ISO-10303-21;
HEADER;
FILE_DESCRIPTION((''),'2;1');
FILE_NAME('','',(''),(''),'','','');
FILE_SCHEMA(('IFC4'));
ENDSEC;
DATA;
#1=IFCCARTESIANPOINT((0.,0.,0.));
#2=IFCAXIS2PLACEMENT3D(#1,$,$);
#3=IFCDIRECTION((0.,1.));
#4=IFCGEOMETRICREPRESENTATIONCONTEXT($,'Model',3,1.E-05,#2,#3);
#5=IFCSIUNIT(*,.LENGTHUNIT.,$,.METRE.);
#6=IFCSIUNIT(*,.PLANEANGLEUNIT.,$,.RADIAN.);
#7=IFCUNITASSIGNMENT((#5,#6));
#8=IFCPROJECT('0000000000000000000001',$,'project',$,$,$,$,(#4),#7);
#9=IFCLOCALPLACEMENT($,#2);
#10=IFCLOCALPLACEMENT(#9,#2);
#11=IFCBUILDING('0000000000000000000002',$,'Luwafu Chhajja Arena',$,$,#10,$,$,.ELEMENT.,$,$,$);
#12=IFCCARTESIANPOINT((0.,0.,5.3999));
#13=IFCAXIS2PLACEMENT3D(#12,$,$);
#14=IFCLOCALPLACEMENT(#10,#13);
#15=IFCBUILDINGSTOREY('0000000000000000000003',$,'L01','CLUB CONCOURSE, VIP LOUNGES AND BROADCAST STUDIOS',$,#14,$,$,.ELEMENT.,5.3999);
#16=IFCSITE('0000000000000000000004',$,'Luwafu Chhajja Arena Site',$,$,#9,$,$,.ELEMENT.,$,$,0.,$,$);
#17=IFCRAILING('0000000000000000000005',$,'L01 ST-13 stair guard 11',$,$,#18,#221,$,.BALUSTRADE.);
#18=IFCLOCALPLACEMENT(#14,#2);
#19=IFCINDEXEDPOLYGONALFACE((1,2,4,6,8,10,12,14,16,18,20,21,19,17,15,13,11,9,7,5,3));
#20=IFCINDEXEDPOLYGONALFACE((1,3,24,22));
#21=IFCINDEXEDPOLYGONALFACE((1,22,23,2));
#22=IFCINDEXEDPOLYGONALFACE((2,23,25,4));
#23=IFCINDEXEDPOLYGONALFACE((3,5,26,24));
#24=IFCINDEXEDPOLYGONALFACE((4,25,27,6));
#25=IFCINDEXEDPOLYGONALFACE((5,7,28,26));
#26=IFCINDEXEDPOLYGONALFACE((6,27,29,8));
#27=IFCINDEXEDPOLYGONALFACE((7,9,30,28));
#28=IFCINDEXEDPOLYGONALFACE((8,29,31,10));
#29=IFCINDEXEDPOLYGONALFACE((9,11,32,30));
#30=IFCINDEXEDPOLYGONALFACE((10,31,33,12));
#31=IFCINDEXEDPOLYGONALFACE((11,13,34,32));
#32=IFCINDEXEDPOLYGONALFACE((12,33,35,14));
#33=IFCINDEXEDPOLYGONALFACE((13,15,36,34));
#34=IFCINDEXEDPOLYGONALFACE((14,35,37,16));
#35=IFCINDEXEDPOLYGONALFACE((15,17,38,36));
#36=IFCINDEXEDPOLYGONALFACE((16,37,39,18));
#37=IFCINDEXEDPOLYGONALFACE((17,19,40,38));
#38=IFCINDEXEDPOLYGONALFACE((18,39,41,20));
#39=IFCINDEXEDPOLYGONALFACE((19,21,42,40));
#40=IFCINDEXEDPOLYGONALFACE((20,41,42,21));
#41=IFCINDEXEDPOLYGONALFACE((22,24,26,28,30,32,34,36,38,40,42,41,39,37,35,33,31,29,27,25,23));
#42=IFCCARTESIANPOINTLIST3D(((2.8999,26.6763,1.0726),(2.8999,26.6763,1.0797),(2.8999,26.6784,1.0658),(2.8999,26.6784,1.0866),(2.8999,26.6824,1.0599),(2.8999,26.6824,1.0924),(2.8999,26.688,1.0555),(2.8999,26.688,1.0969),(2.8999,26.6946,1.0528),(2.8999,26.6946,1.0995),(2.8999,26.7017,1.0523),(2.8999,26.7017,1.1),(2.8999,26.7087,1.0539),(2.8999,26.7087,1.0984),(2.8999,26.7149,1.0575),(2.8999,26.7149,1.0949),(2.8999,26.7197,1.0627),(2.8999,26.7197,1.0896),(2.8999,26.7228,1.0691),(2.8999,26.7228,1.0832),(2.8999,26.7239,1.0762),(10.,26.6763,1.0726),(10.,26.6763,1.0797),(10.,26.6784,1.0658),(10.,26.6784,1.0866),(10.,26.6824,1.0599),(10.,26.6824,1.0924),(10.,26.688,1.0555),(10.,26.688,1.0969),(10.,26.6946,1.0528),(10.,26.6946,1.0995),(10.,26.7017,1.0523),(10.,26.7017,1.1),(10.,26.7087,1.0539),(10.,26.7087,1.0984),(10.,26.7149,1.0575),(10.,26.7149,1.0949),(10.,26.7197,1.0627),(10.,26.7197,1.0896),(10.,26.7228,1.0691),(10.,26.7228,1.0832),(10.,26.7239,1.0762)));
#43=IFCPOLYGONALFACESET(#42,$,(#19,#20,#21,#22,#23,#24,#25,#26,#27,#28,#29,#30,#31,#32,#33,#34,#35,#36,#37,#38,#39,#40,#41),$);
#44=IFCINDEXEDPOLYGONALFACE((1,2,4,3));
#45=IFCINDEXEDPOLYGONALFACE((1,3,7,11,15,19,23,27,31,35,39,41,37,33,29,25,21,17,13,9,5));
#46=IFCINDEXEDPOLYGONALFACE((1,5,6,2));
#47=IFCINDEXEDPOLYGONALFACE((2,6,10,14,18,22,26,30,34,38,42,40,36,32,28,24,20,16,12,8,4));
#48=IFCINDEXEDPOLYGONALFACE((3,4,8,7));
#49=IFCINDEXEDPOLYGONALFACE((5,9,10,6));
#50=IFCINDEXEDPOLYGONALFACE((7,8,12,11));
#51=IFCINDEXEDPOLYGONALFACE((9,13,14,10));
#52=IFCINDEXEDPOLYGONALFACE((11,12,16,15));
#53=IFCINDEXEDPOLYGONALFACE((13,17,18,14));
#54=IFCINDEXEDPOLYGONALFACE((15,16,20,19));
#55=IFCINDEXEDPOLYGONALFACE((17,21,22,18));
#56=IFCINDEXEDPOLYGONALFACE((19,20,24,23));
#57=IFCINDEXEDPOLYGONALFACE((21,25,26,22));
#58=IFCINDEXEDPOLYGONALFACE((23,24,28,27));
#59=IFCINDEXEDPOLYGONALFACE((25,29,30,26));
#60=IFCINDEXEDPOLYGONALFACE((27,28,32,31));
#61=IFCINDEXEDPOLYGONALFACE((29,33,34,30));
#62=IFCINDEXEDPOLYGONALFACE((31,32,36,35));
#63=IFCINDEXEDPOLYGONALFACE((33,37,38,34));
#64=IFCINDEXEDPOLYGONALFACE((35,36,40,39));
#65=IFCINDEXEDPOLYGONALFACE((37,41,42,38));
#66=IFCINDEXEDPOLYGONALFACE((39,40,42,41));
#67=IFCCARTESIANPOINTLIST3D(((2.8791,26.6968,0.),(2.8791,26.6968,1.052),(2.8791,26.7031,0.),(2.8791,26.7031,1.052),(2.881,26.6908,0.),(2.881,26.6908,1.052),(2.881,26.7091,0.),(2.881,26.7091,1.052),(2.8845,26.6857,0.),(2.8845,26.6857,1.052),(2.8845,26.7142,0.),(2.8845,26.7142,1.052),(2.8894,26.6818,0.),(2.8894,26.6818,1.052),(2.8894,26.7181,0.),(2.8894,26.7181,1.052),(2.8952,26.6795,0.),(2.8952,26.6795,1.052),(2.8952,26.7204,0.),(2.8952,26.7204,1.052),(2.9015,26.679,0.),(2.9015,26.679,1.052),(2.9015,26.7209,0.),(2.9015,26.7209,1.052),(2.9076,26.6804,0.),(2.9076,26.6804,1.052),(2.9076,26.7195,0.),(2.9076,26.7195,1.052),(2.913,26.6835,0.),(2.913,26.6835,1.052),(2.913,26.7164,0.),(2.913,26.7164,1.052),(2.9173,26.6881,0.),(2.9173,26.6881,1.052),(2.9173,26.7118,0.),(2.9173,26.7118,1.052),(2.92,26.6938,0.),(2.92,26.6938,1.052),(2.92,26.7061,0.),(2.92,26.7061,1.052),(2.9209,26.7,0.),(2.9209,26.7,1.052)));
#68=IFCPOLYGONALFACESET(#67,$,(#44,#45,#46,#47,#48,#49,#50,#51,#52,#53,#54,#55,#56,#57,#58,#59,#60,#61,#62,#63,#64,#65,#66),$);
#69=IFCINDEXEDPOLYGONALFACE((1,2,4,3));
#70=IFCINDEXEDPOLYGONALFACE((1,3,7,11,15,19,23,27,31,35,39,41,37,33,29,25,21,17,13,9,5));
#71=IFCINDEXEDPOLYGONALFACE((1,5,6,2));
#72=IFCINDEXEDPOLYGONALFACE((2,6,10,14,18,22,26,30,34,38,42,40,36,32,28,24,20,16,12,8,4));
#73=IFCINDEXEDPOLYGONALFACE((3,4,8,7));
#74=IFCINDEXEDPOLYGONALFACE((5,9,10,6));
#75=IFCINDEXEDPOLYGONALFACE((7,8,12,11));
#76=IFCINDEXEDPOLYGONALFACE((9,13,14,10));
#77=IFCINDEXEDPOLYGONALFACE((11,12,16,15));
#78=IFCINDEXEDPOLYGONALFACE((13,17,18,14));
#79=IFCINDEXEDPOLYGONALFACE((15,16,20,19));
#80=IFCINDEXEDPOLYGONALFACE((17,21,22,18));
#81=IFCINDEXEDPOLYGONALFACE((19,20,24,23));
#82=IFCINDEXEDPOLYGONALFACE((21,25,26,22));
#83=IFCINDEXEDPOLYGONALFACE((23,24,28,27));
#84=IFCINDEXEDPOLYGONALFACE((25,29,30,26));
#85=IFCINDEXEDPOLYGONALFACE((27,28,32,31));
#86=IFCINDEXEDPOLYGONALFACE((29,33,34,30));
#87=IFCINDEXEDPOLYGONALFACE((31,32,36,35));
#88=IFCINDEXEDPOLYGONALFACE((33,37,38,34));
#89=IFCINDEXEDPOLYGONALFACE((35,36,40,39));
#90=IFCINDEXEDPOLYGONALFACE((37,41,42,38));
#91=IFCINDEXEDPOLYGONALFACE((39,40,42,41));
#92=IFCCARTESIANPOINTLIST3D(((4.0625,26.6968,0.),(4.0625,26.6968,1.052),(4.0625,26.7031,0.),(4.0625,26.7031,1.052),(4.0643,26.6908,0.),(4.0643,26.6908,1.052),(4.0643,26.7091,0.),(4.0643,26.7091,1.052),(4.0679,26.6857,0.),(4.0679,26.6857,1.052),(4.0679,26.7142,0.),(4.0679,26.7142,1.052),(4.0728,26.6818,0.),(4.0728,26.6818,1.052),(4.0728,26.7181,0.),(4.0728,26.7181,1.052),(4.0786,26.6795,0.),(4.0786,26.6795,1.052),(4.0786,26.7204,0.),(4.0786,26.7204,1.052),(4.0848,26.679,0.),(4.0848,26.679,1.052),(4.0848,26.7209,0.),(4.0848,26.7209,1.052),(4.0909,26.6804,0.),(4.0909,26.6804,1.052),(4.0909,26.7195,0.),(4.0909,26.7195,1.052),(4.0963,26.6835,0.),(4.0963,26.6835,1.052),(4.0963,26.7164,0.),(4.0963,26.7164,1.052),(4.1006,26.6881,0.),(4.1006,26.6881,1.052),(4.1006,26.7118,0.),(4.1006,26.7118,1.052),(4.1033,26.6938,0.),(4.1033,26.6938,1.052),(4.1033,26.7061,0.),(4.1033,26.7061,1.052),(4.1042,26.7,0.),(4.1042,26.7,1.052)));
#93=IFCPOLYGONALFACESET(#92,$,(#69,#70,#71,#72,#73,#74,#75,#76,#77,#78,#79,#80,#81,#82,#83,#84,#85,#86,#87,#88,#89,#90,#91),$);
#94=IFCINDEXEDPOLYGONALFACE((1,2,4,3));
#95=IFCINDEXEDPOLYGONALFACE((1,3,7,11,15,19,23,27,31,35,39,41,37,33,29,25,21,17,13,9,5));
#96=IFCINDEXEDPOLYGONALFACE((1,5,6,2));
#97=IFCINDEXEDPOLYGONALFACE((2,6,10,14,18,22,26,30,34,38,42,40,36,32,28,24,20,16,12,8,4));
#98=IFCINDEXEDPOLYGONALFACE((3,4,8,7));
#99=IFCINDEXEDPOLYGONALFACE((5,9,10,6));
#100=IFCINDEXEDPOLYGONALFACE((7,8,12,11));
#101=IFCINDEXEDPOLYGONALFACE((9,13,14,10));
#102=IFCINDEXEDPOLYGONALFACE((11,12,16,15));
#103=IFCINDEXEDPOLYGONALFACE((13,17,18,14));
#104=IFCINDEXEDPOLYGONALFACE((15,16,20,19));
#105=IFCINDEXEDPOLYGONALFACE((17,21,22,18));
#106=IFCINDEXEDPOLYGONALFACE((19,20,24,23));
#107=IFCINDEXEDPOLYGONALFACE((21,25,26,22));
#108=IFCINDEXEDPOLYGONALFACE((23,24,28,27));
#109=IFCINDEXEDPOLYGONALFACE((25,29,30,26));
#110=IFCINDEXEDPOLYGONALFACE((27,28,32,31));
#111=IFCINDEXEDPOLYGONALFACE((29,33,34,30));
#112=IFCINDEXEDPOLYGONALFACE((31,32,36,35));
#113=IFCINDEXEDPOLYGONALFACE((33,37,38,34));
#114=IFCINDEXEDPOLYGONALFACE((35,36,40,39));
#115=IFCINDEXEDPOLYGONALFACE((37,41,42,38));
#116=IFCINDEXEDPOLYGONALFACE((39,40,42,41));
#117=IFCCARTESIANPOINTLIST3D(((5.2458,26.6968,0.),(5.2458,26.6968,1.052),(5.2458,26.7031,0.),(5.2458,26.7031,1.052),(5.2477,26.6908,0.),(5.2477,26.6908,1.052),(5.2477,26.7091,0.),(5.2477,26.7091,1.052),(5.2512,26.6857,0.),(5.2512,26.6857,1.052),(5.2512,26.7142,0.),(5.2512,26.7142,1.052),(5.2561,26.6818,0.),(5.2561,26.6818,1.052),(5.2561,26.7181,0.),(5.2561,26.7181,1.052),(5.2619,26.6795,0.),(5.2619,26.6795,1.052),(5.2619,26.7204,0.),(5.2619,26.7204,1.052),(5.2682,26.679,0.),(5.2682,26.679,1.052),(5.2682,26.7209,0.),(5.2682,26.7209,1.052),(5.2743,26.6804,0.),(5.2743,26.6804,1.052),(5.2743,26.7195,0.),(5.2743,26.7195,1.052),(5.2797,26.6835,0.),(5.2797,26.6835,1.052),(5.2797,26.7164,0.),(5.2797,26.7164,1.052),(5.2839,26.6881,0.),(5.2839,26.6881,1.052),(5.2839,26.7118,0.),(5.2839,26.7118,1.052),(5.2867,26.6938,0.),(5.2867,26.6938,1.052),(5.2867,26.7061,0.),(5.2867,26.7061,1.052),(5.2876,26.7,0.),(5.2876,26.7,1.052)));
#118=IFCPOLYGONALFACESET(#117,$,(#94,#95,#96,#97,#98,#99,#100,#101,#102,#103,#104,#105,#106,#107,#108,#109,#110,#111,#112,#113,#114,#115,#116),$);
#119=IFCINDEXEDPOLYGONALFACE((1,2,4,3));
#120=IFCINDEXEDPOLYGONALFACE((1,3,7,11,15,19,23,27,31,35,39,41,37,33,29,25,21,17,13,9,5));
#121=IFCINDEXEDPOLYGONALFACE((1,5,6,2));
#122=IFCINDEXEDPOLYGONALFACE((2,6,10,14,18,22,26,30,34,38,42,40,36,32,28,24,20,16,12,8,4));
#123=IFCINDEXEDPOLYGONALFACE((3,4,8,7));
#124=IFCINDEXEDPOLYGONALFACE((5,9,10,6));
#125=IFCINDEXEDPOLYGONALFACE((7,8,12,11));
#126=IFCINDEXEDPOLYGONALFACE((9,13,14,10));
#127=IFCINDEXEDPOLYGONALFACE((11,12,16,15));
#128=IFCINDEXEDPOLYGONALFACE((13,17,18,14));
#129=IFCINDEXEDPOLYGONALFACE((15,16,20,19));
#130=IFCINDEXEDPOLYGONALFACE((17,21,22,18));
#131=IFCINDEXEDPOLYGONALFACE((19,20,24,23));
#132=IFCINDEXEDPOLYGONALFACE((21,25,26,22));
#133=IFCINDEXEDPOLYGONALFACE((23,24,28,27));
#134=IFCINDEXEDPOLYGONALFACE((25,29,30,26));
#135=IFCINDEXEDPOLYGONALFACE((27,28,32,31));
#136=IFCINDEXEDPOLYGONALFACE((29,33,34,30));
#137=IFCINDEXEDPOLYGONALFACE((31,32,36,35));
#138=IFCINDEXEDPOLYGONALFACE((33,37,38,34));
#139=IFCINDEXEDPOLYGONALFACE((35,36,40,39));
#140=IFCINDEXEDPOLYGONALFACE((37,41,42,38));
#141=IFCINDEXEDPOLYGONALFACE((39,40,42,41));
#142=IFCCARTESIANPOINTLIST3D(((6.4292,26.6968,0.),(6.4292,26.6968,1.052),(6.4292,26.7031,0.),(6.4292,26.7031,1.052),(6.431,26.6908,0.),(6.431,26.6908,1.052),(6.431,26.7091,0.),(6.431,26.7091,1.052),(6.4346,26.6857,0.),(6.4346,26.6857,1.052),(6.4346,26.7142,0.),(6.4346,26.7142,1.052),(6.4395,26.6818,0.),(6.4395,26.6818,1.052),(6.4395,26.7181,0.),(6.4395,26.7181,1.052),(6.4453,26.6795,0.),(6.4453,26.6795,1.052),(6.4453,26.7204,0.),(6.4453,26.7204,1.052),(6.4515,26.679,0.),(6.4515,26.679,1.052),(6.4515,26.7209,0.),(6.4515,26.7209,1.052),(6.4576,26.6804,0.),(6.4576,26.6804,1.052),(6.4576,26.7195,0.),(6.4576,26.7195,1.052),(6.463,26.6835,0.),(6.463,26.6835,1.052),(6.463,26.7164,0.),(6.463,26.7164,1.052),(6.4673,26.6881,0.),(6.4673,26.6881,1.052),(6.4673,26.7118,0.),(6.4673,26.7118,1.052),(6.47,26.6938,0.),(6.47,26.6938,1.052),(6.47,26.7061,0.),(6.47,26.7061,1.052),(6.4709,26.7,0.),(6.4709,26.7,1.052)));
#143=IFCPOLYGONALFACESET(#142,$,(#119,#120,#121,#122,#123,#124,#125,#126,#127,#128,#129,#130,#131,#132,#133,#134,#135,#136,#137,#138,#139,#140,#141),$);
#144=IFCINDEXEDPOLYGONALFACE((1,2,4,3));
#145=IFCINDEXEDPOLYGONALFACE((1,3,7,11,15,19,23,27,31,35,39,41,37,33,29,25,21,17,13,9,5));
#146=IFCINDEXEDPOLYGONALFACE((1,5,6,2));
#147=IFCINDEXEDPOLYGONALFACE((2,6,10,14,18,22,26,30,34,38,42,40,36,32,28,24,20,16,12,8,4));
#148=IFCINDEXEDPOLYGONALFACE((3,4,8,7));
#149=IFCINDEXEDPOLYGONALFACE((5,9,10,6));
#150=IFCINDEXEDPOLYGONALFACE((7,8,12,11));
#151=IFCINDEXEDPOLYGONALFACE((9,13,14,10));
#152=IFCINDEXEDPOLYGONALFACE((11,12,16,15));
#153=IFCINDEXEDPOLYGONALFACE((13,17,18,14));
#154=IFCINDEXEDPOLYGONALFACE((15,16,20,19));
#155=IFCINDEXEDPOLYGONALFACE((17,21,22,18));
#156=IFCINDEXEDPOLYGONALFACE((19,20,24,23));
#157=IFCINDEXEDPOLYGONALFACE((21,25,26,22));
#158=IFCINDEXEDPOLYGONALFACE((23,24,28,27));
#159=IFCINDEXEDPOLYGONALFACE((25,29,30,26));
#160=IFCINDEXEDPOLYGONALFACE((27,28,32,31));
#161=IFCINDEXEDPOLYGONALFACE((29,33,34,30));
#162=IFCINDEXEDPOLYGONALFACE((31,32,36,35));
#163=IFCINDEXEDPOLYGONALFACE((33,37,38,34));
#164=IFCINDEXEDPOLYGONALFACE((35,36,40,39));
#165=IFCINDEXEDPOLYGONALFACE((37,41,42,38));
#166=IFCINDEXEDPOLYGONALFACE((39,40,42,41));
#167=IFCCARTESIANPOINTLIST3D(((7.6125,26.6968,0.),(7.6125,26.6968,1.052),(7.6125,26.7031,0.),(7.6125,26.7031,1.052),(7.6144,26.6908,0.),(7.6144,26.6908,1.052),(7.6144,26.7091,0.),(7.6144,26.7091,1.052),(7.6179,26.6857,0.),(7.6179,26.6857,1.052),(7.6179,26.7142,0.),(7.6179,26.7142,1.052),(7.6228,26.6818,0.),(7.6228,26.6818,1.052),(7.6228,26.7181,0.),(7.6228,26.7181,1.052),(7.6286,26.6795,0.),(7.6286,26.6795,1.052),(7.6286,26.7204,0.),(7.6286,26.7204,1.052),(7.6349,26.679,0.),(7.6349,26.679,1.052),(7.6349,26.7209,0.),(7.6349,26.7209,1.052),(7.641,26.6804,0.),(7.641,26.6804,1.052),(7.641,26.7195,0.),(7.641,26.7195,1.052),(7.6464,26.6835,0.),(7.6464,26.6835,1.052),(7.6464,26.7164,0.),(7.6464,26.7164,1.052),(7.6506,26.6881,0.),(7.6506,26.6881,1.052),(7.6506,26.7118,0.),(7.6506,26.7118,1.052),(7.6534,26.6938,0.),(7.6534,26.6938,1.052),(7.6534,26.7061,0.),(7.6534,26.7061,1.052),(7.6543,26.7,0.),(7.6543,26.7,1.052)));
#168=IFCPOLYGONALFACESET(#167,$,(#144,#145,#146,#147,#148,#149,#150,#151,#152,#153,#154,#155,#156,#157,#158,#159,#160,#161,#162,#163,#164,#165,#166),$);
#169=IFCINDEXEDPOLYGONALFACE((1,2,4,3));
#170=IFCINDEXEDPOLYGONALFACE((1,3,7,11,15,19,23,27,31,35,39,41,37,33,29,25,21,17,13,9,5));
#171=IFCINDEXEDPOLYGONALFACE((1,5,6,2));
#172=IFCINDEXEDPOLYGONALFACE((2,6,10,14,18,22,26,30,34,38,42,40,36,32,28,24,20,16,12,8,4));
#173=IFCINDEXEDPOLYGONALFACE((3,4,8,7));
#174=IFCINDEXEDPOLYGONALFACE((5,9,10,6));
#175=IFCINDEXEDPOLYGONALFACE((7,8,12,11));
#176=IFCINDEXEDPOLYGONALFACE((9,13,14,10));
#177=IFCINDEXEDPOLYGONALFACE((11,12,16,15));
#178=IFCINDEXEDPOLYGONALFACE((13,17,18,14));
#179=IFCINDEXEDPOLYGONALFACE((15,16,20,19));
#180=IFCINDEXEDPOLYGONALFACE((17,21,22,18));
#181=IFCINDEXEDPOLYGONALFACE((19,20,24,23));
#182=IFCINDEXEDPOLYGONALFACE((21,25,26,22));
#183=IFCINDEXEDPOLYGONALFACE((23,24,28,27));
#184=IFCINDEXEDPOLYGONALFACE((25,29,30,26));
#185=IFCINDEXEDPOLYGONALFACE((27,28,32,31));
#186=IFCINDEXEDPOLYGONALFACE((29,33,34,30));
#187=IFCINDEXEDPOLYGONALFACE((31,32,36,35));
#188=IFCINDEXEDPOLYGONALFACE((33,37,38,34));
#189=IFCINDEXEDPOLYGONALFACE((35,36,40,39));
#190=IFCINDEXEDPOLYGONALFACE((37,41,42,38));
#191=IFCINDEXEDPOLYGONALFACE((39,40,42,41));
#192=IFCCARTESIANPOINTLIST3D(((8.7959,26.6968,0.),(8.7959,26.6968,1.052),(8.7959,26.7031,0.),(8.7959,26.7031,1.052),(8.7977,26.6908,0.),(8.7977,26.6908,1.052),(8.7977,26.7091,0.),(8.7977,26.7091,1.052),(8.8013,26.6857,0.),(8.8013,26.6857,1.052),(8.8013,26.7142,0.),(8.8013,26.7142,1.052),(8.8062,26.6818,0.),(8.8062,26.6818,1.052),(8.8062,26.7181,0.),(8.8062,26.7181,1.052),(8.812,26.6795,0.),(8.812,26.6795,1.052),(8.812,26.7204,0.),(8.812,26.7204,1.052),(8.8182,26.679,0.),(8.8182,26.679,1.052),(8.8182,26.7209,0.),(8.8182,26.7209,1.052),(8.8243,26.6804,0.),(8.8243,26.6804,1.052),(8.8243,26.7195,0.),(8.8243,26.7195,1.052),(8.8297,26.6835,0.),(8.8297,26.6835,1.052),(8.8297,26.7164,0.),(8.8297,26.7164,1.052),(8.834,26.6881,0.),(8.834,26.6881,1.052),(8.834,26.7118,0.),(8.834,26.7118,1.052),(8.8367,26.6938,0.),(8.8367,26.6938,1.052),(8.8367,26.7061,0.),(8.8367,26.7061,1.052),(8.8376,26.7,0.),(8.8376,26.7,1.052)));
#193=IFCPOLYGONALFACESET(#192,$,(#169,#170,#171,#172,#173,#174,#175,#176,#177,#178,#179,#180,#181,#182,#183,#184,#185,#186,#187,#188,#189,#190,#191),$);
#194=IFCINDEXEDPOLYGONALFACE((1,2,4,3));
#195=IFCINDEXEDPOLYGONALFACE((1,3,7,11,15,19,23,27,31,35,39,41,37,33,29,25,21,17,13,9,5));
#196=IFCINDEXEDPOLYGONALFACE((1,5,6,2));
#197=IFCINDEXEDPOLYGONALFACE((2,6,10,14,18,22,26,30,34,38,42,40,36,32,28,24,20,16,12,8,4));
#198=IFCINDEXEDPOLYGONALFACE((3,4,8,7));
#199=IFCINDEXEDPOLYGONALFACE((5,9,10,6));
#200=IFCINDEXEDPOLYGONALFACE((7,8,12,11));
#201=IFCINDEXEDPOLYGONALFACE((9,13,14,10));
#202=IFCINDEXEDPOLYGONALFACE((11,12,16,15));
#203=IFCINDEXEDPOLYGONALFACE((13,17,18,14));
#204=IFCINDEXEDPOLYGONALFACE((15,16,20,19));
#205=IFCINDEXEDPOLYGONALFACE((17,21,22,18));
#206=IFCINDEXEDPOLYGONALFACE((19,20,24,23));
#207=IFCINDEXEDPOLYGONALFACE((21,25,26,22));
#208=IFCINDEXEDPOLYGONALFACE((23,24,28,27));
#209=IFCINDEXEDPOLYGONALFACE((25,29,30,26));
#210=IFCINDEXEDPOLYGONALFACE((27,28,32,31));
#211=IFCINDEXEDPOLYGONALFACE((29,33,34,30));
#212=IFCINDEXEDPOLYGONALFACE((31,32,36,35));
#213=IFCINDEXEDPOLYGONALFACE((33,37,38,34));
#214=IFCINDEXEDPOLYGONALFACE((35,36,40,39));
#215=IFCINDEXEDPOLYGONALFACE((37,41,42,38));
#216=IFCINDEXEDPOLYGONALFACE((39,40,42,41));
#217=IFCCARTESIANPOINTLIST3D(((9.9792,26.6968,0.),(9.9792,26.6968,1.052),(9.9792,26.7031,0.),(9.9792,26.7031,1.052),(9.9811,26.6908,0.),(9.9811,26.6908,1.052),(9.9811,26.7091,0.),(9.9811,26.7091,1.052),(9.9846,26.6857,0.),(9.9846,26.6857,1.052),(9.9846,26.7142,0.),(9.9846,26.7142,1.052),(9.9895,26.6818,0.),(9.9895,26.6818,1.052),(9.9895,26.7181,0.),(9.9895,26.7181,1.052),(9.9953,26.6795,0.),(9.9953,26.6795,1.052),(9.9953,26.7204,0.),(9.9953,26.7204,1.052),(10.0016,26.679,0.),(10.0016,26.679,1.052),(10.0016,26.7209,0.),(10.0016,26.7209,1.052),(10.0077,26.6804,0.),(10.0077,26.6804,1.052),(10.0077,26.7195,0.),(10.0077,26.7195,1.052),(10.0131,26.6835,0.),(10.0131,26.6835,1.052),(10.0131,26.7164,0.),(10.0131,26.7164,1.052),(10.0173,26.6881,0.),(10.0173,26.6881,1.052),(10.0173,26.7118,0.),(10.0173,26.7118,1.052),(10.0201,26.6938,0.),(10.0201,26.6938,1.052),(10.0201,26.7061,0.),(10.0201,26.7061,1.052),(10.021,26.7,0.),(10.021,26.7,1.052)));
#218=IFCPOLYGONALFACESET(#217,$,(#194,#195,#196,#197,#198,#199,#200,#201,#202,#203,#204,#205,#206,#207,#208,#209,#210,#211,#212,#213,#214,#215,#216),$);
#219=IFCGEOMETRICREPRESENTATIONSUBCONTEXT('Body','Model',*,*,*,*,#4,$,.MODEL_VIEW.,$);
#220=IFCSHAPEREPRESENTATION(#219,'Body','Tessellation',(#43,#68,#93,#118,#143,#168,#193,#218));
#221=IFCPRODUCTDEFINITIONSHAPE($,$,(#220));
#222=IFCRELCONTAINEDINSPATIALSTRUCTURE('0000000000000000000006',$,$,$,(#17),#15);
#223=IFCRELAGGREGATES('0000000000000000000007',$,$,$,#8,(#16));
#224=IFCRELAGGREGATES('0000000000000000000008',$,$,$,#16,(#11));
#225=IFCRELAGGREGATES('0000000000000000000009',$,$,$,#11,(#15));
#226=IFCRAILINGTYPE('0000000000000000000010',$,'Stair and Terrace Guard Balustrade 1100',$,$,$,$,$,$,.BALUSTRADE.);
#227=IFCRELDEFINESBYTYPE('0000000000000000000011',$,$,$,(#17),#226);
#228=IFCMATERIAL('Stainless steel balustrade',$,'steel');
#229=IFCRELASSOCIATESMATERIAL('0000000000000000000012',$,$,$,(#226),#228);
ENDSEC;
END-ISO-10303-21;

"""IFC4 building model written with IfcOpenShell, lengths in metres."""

from ifc_helpers import new_model, si_unit, direction, frame, origin, origin_2d, place, context, subcontext, project, spatial, circle, extrude, material, type_object, element, save


model = new_model("IFC4")

# Units and contexts
model_context = context("Model", 3, precision=1e-05, world=origin(), true_north=direction((0.0, 1.0)))
body_context = subcontext(model_context, "Body", "Model", "MODEL_VIEW")
ifc_project = project(units=[si_unit("LENGTHUNIT", "METRE"), si_unit("PLANEANGLEUNIT", "RADIAN")], contexts=[model_context])

# Site, building, storey
site_placement = place(None, origin())
site = spatial("IfcSite", under=ifc_project, at=site_placement, Name="Luwafu Chhajja Arena Site", CompositionType="ELEMENT", RefElevation=0.0)
building_placement = place(site_placement, origin())
building = spatial("IfcBuilding", under=site, at=building_placement, Name="Luwafu Chhajja Arena", CompositionType="ELEMENT")
storey_placement = place(building_placement, frame((0.0, 0.0, 5.3999)))
storey = spatial("IfcBuildingStorey", under=building, at=storey_placement, Name="L01", Description="CLUB CONCOURSE, VIP LOUNGES AND BROADCAST STUDIOS", CompositionType="ELEMENT", Elevation=5.3999)

# Railing
ifc_material_1 = material(Name="Stainless steel balustrade", Category="steel")
railing_type_1 = type_object("IfcRailingType", Name="Stair and Terrace Guard Balustrade 1100", PredefinedType="BALUSTRADE", material=ifc_material_1)
railing_1_placement = place(storey_placement, frame((2.8999, 26.7, 0.0)))
element("IfcRailing", 1, at=railing_1_placement, inside=storey, type_object=railing_type_1, Name="L01 ST-13 stair guard 11", PredefinedType="BALUSTRADE", context=body_context, shape_type="SweptSolid", body=[
    extrude(circle(Radius=0.0239, at=origin_2d()), frame((0.0, 0.0, 1.0762), z_axis=(1.0, 0.0, 0.0), x_axis=(0.0, 1.0, 0.0)), (0.0, 0.0, 1.0), 7.1001),
    extrude(circle(Radius=0.021, at=origin_2d()), origin(), (0.0, 0.0, 1.0), 1.052),
    extrude(circle(Radius=0.021, at=origin_2d()), frame((1.1833, 0.0, 0.0)), (0.0, 0.0, 1.0), 1.052),
    extrude(circle(Radius=0.021, at=origin_2d()), frame((2.3667, 0.0, 0.0)), (0.0, 0.0, 1.0), 1.052),
    extrude(circle(Radius=0.021, at=origin_2d()), frame((3.55, 0.0, 0.0)), (0.0, 0.0, 1.0), 1.052),
    extrude(circle(Radius=0.021, at=origin_2d()), frame((4.7334, 0.0, 0.0)), (0.0, 0.0, 1.0), 1.052),
    extrude(circle(Radius=0.021, at=origin_2d()), frame((5.9167, 0.0, 0.0)), (0.0, 0.0, 1.0), 1.052),
    extrude(circle(Radius=0.021, at=origin_2d()), frame((7.1001, 0.0, 0.0)), (0.0, 0.0, 1.0), 1.052),
])

save(model, "model.ifc")
